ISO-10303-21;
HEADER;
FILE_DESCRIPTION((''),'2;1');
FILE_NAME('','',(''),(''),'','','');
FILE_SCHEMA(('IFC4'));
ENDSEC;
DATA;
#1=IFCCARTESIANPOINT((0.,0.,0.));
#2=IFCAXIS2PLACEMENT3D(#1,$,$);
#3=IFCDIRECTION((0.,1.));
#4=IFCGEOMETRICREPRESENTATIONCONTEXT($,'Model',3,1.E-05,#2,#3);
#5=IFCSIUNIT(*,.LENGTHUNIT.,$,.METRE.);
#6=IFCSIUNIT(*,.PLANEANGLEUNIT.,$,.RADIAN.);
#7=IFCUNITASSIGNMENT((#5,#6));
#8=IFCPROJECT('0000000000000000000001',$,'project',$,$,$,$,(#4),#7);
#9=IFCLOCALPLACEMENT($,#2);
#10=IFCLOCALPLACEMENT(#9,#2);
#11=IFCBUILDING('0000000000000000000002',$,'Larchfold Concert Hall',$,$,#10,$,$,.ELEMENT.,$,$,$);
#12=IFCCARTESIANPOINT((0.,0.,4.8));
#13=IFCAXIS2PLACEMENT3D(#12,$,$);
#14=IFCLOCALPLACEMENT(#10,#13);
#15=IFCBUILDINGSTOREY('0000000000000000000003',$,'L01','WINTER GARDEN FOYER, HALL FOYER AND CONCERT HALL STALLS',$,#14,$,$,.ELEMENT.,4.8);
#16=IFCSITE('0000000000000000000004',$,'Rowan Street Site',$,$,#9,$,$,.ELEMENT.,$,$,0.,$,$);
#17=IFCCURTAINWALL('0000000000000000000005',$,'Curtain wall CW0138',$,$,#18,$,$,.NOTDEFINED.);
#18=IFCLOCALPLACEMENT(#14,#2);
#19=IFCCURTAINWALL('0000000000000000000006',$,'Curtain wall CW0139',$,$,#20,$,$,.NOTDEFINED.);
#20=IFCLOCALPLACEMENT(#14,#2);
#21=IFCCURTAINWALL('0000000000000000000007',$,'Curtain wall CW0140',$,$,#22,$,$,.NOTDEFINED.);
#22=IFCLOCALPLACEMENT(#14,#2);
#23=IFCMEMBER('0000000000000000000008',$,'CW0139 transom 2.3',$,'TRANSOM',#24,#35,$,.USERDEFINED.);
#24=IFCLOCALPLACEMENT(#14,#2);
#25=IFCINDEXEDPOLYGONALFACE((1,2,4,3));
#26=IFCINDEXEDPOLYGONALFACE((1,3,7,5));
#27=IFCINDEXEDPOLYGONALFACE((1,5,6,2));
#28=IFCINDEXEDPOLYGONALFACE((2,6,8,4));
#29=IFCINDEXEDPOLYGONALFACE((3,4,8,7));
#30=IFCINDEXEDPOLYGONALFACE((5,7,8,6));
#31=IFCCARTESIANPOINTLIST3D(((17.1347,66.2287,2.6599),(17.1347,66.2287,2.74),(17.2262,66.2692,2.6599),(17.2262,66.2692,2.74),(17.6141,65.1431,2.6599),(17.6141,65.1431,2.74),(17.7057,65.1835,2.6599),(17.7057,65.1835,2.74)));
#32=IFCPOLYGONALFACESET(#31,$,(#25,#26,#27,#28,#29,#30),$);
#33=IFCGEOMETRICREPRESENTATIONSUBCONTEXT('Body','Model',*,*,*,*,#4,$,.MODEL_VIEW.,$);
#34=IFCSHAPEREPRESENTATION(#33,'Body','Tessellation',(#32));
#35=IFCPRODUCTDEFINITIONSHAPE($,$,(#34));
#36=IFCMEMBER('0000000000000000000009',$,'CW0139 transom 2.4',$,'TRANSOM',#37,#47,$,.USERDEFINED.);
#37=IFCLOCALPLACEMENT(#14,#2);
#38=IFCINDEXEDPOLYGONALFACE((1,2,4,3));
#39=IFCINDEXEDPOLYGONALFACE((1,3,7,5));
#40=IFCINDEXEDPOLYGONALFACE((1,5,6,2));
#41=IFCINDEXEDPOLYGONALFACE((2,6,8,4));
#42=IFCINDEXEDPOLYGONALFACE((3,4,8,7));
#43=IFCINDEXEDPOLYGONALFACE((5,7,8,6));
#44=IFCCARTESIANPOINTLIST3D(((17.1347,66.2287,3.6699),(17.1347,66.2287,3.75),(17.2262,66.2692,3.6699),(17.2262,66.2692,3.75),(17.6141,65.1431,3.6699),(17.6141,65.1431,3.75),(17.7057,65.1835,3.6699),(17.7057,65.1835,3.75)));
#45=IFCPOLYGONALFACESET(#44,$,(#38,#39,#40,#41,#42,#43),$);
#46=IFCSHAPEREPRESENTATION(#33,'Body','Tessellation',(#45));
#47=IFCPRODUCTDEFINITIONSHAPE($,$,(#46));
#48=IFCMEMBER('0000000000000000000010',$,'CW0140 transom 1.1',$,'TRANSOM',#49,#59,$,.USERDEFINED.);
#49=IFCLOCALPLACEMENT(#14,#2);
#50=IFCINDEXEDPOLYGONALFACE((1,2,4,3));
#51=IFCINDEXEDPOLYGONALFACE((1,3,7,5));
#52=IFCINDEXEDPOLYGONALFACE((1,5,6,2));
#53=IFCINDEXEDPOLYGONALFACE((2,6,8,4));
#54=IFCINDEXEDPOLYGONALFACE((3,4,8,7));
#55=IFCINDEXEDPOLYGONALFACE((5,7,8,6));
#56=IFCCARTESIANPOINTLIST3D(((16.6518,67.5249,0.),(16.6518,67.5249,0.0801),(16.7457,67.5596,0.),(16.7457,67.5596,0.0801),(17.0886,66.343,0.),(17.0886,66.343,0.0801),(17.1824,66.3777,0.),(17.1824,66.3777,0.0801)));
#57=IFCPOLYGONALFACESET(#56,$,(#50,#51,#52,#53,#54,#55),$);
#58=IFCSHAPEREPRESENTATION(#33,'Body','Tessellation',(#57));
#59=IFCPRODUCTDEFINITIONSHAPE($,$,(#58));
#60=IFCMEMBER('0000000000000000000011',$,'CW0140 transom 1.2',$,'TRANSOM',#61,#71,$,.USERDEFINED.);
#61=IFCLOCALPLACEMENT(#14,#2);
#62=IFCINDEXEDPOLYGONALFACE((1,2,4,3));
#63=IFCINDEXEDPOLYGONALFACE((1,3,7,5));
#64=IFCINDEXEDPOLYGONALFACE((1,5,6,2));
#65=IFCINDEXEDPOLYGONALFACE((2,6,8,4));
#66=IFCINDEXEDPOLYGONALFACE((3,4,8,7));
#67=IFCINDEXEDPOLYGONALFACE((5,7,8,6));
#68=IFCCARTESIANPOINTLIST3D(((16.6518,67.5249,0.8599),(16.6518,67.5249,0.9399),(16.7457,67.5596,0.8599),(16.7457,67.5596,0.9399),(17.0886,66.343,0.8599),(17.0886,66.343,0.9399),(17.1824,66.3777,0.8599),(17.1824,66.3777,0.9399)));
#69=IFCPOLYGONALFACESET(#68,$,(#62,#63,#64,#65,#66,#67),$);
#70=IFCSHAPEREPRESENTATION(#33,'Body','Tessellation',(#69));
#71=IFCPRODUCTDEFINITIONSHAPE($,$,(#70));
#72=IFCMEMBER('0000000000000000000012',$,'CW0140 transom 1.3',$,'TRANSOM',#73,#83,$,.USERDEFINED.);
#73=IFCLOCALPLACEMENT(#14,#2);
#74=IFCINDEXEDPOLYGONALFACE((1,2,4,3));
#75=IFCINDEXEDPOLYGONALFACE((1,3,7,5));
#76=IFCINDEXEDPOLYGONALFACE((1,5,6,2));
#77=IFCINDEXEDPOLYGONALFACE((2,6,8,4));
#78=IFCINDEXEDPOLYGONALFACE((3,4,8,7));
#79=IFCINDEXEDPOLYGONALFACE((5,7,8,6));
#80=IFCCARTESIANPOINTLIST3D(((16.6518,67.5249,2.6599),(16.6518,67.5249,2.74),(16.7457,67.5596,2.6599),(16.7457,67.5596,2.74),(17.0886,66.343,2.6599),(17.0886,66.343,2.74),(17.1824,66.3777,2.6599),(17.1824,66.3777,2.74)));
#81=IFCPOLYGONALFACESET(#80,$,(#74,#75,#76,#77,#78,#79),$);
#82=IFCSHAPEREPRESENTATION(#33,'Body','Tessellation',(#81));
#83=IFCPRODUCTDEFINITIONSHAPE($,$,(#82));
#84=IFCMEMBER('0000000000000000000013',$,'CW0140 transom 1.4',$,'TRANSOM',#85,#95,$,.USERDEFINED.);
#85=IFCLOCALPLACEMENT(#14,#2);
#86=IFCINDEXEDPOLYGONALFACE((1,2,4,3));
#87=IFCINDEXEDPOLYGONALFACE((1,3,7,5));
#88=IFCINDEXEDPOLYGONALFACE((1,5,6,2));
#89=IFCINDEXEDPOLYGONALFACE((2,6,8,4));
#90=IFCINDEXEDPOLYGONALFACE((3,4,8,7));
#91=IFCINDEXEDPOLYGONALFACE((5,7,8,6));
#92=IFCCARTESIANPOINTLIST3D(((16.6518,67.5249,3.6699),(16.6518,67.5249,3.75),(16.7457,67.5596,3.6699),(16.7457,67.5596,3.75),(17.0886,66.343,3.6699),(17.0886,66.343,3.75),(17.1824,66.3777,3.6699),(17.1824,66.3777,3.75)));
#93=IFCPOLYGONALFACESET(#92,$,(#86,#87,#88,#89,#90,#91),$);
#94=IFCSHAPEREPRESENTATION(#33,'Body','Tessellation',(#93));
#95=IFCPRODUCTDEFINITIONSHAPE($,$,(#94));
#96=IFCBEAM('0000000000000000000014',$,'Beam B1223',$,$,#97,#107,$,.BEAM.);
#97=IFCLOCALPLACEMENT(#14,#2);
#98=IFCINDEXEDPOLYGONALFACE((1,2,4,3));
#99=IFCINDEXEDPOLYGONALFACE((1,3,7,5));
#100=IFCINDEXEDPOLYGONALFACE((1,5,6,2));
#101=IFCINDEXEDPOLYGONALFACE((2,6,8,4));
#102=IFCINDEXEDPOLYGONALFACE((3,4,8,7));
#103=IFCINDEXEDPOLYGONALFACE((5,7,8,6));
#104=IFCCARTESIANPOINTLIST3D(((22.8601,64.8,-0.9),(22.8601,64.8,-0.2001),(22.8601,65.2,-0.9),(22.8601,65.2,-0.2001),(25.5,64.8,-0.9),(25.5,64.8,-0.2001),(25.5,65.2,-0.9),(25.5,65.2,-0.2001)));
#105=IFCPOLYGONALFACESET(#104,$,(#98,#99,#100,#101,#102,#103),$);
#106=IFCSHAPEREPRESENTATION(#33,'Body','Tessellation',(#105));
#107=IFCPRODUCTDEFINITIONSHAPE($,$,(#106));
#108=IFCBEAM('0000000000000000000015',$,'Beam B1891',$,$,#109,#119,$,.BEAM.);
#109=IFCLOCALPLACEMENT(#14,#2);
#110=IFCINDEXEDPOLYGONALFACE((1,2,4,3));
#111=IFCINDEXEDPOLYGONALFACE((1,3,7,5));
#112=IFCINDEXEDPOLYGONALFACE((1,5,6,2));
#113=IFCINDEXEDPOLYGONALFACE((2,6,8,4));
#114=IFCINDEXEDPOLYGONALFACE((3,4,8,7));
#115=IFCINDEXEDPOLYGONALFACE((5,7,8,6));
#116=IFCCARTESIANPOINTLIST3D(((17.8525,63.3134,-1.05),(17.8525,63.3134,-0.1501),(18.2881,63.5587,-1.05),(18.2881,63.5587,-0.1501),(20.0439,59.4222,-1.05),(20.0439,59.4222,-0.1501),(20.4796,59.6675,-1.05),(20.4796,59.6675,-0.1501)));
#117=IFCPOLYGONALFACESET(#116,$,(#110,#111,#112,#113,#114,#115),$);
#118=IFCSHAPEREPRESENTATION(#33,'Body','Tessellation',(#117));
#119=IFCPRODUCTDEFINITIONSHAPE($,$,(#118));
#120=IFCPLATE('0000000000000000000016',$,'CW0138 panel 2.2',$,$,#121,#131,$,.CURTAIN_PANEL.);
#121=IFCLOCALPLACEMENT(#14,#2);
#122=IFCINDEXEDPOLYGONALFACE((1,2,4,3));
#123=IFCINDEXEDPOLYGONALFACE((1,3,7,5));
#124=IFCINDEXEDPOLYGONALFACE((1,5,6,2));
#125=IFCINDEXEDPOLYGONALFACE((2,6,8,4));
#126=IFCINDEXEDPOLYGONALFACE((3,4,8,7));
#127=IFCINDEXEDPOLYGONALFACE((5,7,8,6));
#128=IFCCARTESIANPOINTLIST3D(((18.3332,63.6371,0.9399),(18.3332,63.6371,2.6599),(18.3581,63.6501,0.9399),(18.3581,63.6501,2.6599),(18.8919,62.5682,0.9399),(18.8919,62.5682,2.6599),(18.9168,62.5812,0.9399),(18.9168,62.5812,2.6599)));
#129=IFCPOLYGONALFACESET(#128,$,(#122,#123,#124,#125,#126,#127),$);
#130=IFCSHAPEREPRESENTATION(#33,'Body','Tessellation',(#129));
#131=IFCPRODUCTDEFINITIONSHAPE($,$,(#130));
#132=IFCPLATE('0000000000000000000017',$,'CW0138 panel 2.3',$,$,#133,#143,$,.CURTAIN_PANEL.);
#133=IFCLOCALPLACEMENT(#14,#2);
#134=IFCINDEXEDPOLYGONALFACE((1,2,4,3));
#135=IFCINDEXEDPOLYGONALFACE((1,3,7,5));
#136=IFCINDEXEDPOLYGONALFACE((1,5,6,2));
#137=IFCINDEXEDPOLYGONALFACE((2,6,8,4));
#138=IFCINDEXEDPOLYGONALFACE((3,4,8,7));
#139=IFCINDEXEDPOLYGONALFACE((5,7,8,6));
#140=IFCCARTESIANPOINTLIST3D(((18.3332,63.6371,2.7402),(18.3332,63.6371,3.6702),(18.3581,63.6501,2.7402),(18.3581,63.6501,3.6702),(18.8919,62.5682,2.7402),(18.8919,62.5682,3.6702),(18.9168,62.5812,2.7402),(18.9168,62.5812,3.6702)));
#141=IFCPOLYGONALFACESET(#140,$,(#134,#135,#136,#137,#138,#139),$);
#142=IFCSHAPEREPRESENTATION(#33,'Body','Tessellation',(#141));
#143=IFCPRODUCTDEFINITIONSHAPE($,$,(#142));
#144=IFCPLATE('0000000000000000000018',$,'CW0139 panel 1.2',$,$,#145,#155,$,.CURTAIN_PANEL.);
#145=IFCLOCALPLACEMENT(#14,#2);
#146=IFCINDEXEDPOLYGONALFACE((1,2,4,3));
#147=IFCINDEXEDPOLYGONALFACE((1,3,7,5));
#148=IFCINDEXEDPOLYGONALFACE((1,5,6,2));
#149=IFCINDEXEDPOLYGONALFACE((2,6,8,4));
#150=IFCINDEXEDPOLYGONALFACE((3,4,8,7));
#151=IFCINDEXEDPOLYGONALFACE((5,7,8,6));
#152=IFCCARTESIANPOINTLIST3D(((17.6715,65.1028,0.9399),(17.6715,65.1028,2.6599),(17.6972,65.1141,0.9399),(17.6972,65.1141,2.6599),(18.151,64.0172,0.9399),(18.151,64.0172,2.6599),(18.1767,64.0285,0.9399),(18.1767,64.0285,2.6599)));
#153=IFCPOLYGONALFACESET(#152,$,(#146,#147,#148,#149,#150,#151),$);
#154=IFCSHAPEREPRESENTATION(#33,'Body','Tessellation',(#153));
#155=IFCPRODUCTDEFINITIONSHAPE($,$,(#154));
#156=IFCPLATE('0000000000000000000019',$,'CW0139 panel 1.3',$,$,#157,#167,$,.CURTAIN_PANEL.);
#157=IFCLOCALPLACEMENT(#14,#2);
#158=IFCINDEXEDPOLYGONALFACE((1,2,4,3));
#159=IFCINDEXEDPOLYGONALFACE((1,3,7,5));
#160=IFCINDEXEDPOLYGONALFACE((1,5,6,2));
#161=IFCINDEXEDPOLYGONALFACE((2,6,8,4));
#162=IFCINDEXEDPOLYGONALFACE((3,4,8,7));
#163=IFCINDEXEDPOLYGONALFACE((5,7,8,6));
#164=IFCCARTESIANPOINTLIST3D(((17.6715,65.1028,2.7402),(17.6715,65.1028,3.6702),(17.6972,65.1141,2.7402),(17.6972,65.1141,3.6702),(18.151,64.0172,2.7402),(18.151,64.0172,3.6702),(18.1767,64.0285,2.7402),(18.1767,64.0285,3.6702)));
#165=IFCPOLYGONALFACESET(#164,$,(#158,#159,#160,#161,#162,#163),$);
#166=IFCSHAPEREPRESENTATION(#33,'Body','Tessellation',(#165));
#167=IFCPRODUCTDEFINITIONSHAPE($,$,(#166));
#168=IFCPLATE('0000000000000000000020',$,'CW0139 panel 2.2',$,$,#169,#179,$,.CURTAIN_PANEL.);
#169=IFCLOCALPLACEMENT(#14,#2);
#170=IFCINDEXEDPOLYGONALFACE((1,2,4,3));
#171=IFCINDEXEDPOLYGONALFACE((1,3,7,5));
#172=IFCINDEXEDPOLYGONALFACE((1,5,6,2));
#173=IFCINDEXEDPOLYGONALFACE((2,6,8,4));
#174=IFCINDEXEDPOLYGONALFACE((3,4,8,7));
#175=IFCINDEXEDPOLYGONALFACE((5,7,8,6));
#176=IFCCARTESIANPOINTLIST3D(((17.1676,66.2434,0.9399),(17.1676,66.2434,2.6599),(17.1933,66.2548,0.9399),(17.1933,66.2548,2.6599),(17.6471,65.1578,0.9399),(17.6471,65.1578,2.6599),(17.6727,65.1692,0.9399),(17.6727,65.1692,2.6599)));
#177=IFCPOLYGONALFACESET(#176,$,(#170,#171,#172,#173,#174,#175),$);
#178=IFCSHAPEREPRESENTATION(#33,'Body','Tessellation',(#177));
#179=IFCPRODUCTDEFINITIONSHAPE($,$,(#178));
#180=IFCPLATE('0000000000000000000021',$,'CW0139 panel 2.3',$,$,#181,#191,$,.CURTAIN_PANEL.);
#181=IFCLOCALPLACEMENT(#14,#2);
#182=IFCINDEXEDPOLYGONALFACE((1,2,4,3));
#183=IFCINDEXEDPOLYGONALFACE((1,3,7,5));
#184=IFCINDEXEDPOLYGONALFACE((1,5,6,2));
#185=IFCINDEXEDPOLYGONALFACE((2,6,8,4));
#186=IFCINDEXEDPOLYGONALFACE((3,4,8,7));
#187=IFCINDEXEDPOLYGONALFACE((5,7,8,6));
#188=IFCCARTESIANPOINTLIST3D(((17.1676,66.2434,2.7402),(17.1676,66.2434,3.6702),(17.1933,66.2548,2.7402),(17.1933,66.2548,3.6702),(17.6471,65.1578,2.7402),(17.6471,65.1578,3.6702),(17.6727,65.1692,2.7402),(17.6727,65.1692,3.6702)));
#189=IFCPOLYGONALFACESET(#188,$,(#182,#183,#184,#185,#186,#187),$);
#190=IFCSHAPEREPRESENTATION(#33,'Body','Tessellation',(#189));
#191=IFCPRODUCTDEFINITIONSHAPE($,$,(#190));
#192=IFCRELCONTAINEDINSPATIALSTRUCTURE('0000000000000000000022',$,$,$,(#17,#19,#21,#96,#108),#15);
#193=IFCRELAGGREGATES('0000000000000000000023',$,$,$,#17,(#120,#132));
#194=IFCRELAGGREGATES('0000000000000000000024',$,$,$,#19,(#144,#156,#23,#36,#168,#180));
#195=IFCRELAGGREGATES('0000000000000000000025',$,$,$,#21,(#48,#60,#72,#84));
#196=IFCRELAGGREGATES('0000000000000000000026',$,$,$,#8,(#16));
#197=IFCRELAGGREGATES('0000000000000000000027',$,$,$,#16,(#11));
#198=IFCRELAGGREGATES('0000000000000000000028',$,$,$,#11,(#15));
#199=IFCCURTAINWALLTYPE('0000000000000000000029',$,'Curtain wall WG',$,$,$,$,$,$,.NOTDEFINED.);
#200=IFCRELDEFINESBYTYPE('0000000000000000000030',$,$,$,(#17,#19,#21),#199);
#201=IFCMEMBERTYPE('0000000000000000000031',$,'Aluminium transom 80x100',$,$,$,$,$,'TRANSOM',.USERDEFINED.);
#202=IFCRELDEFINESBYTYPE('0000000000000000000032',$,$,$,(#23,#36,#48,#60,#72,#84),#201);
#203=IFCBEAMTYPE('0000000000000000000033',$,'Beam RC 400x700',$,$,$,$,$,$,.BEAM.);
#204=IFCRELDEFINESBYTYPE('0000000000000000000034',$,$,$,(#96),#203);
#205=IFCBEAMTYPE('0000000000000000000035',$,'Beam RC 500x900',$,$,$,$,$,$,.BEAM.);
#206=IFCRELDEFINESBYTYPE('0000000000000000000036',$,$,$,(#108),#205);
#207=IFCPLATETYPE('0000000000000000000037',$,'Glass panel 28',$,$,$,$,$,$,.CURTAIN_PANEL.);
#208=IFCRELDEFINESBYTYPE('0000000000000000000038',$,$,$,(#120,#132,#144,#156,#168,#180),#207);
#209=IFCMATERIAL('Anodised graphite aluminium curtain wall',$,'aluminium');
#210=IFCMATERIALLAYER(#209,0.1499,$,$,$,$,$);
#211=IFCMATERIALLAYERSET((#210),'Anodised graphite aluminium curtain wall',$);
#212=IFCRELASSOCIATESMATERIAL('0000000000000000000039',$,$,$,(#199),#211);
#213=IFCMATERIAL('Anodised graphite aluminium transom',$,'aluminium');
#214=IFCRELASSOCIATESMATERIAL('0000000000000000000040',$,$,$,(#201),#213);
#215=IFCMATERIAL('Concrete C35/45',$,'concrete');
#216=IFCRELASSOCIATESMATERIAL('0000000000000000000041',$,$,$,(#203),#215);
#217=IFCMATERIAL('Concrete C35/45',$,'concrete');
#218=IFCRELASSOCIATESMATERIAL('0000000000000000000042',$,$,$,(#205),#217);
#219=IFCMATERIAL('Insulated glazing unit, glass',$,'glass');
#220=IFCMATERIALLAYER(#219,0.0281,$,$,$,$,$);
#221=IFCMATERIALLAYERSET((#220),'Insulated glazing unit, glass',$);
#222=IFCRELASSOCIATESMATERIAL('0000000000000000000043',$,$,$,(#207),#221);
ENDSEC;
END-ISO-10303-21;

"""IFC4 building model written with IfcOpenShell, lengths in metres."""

from ifc_helpers import new_model, si_unit, direction, frame, origin, origin_2d, place, context, subcontext, project, spatial, rectangle, extrude, material, layer, layer_set, material_profile, profile_set, type_object, element, aggregate, save


model = new_model("IFC4")

# Units and contexts
model_context = context("Model", 3, precision=1e-05, world=origin(), true_north=direction((0.0, 1.0)))
body_context = subcontext(model_context, "Body", "Model", "MODEL_VIEW")
ifc_project = project(units=[si_unit("LENGTHUNIT", "METRE"), si_unit("PLANEANGLEUNIT", "RADIAN")], contexts=[model_context])

# Site, building, storey
site_placement = place(None, origin())
site = spatial("IfcSite", under=ifc_project, at=site_placement, Name="Rowan Street Site", CompositionType="ELEMENT", RefElevation=0.0)
building_placement = place(site_placement, origin())
building = spatial("IfcBuilding", under=site, at=building_placement, Name="Larchfold Concert Hall", CompositionType="ELEMENT")
storey_placement = place(building_placement, frame((0.0, 0.0, 4.8)))
storey = spatial("IfcBuildingStorey", under=building, at=storey_placement, Name="L01", Description="WINTER GARDEN FOYER, HALL FOYER AND CONCERT HALL STALLS", CompositionType="ELEMENT", Elevation=4.8)

# Curtain wall
ifc_material_1 = material(Name="Anodised graphite aluminium curtain wall", Category="aluminium")
ifc_layer_1 = layer(ifc_material_1, 0.1499)
ifc_layer_set_1 = layer_set([ifc_layer_1], Name="Anodised graphite aluminium curtain wall")
curtain_wall_type = type_object("IfcCurtainWallType", Name="Curtain wall WG", PredefinedType="NOTDEFINED", material=ifc_layer_set_1)
curtain_wall_1_placement = place(storey_placement, origin())
curtain_wall_1 = element("IfcCurtainWall", 1, at=curtain_wall_1_placement, inside=storey, type_object=curtain_wall_type, Name="Curtain wall CW0138", PredefinedType="NOTDEFINED")

# Curtain wall
curtain_wall_2_placement = place(storey_placement, origin())
curtain_wall_2 = element("IfcCurtainWall", 2, at=curtain_wall_2_placement, inside=storey, type_object=curtain_wall_type, Name="Curtain wall CW0139", PredefinedType="NOTDEFINED")

# Curtain wall
curtain_wall_3_placement = place(storey_placement, origin())
curtain_wall_3 = element("IfcCurtainWall", 3, at=curtain_wall_3_placement, inside=storey, type_object=curtain_wall_type, Name="Curtain wall CW0140", PredefinedType="NOTDEFINED")

# Members
ifc_material_2 = material(Name="Anodised graphite aluminium transom", Category="aluminium")
ifc_material_profile_1 = material_profile(ifc_material_2, rectangle(XDim=0.1001, YDim=0.0801, at=origin_2d()))
ifc_profile_set_1 = profile_set([ifc_material_profile_1], Name="Anodised graphite aluminium transom")
member_type_1 = type_object("IfcMemberType", Name="Aluminium transom 80x100", ElementType="TRANSOM", PredefinedType="USERDEFINED", material=ifc_profile_set_1)
member_1_placement = place(storey_placement, frame((17.6599, 65.1633, 2.7), z_axis=(-0.404, 0.914759, 0.0), x_axis=(-0.914759, -0.404, 0.0)))
member_1 = element("IfcMember", 4, at=member_1_placement, type_object=member_type_1, Name="CW0139 transom 2.3", ObjectType="TRANSOM", PredefinedType="USERDEFINED", context=body_context, shape_type="SweptSolid", body=[
    extrude(rectangle(XDim=0.1001, YDim=0.0801, at=origin_2d()), origin(), (0.0, 0.0, 1.0), 1.1868),
])
member_2_placement = place(storey_placement, frame((17.6599, 65.1633, 3.71), z_axis=(-0.404, 0.914759, 0.0), x_axis=(-0.914759, -0.404, 0.0)))
member_2 = element("IfcMember", 5, at=member_2_placement, type_object=member_type_1, Name="CW0139 transom 2.4", ObjectType="TRANSOM", PredefinedType="USERDEFINED", context=body_context, shape_type="SweptSolid", body=[
    extrude(rectangle(XDim=0.1001, YDim=0.0801, at=origin_2d()), origin(), (0.0, 0.0, 1.0), 1.1868),
])
member_3_placement = place(storey_placement, frame((17.1355, 66.3604, 0.04), z_axis=(-0.346639, 0.937999, 0.0), x_axis=(-0.937999, -0.346639, 0.0)))
member_3 = element("IfcMember", 6, at=member_3_placement, type_object=member_type_1, Name="CW0140 transom 1.1", ObjectType="TRANSOM", PredefinedType="USERDEFINED", context=body_context, shape_type="SweptSolid", body=[
    extrude(rectangle(XDim=0.1001, YDim=0.0801, at=origin_2d()), origin(), (0.0, 0.0, 1.0), 1.26),
])
member_4_placement = place(storey_placement, frame((17.1355, 66.3604, 0.8999), z_axis=(-0.346639, 0.937999, 0.0), x_axis=(-0.937999, -0.346639, 0.0)))
member_4 = element("IfcMember", 7, at=member_4_placement, type_object=member_type_1, Name="CW0140 transom 1.2", ObjectType="TRANSOM", PredefinedType="USERDEFINED", context=body_context, shape_type="SweptSolid", body=[
    extrude(rectangle(XDim=0.1001, YDim=0.0801, at=origin_2d()), origin(), (0.0, 0.0, 1.0), 1.26),
])
member_5_placement = place(storey_placement, frame((17.1355, 66.3604, 2.7), z_axis=(-0.346639, 0.937999, 0.0), x_axis=(-0.937999, -0.346639, 0.0)))
member_5 = element("IfcMember", 8, at=member_5_placement, type_object=member_type_1, Name="CW0140 transom 1.3", ObjectType="TRANSOM", PredefinedType="USERDEFINED", context=body_context, shape_type="SweptSolid", body=[
    extrude(rectangle(XDim=0.1001, YDim=0.0801, at=origin_2d()), origin(), (0.0, 0.0, 1.0), 1.26),
])
member_6_placement = place(storey_placement, frame((17.1355, 66.3604, 3.71), z_axis=(-0.346639, 0.937999, 0.0), x_axis=(-0.937999, -0.346639, 0.0)))
member_6 = element("IfcMember", 9, at=member_6_placement, type_object=member_type_1, Name="CW0140 transom 1.4", ObjectType="TRANSOM", PredefinedType="USERDEFINED", context=body_context, shape_type="SweptSolid", body=[
    extrude(rectangle(XDim=0.1001, YDim=0.0801, at=origin_2d()), origin(), (0.0, 0.0, 1.0), 1.26),
])

# Beams
ifc_material_3 = material(Name="Concrete C35/45", Category="concrete")
ifc_material_profile_2 = material_profile(ifc_material_3, rectangle(XDim=0.3999, YDim=0.7, at=origin_2d()))
ifc_profile_set_2 = profile_set([ifc_material_profile_2], Name="Concrete C35/45")
beam_type_1 = type_object("IfcBeamType", Name="Beam RC 400x700", PredefinedType="BEAM", material=ifc_profile_set_2)
beam_1_placement = place(storey_placement, frame((22.8601, 65.0, -0.55), z_axis=(1.0, 0.0, 0.0), x_axis=(0.0, 1.0, 0.0)))
element("IfcBeam", 10, at=beam_1_placement, inside=storey, type_object=beam_type_1, Name="Beam B1223", PredefinedType="BEAM", context=body_context, shape_type="SweptSolid", body=[
    extrude(rectangle(XDim=0.3999, YDim=0.7, at=origin_2d()), origin(), (0.0, 0.0, 1.0), 2.6399),
])
ifc_material_4 = material(Name="Concrete C35/45", Category="concrete")
ifc_material_profile_3 = material_profile(ifc_material_4, rectangle(XDim=0.5, YDim=0.8999, at=origin_2d()))
ifc_profile_set_3 = profile_set([ifc_material_profile_3], Name="Concrete C35/45")
beam_type_2 = type_object("IfcBeamType", Name="Beam RC 500x900", PredefinedType="BEAM", material=ifc_profile_set_3)
beam_2_placement = place(storey_placement, frame((18.0703, 63.436, -0.6001), z_axis=(0.490713, -0.871321, 0.0), x_axis=(0.871321, 0.490713, 0.0)))
element("IfcBeam", 11, at=beam_2_placement, inside=storey, type_object=beam_type_2, Name="Beam B1891", PredefinedType="BEAM", context=body_context, shape_type="SweptSolid", body=[
    extrude(rectangle(XDim=0.5, YDim=0.8999, at=origin_2d()), origin(), (0.0, 0.0, 1.0), 4.4658),
])

# Plates
ifc_material_5 = material(Name="Insulated glazing unit, glass", Category="glass")
ifc_layer_2 = layer(ifc_material_5, 0.0281)
ifc_layer_set_2 = layer_set([ifc_layer_2], Name="Insulated glazing unit, glass")
plate_type_1 = type_object("IfcPlateType", Name="Glass panel 28", PredefinedType="CURTAIN_PANEL", material=ifc_layer_set_2)
plate_1_placement = place(storey_placement, frame((18.625, 63.1091, 0.9399), z_axis=(0.0, 0.0, 1.0), x_axis=(-0.46319, 0.886259, 0.0)))
plate_1 = element("IfcPlate", 12, at=plate_1_placement, type_object=plate_type_1, Name="CW0138 panel 2.2", PredefinedType="CURTAIN_PANEL", context=body_context, shape_type="SweptSolid", body=[
    extrude(rectangle(XDim=1.2061, YDim=0.0281, at=origin_2d()), origin(), (0.0, 0.0, 1.0), 1.72),
])
plate_2_placement = place(storey_placement, frame((18.625, 63.1091, 2.7402), z_axis=(0.0, 0.0, 1.0), x_axis=(-0.46319, 0.886259, 0.0)))
plate_2 = element("IfcPlate", 13, at=plate_2_placement, type_object=plate_type_1, Name="CW0138 panel 2.3", PredefinedType="CURTAIN_PANEL", context=body_context, shape_type="SweptSolid", body=[
    extrude(rectangle(XDim=1.2061, YDim=0.0281, at=origin_2d()), origin(), (0.0, 0.0, 1.0), 0.9299),
])
aggregate(curtain_wall_1, [plate_1, plate_2])
plate_3_placement = place(storey_placement, frame((17.9241, 64.5657, 0.9399), z_axis=(0.0, 0.0, 1.0), x_axis=(-0.404026, 0.914747, 0.0)))
plate_3 = element("IfcPlate", 14, at=plate_3_placement, type_object=plate_type_1, Name="CW0139 panel 1.2", PredefinedType="CURTAIN_PANEL", context=body_context, shape_type="SweptSolid", body=[
    extrude(rectangle(XDim=1.1868, YDim=0.0281, at=origin_2d()), origin(), (0.0, 0.0, 1.0), 1.72),
])
plate_4_placement = place(storey_placement, frame((17.9241, 64.5657, 2.7402), z_axis=(0.0, 0.0, 1.0), x_axis=(-0.404026, 0.914747, 0.0)))
plate_4 = element("IfcPlate", 15, at=plate_4_placement, type_object=plate_type_1, Name="CW0139 panel 1.3", PredefinedType="CURTAIN_PANEL", context=body_context, shape_type="SweptSolid", body=[
    extrude(rectangle(XDim=1.1868, YDim=0.0281, at=origin_2d()), origin(), (0.0, 0.0, 1.0), 0.9299),
])
plate_5_placement = place(storey_placement, frame((17.4202, 65.7063, 0.9399), z_axis=(0.0, 0.0, 1.0), x_axis=(-0.404026, 0.914747, 0.0)))
plate_5 = element("IfcPlate", 16, at=plate_5_placement, type_object=plate_type_1, Name="CW0139 panel 2.2", PredefinedType="CURTAIN_PANEL", context=body_context, shape_type="SweptSolid", body=[
    extrude(rectangle(XDim=1.1868, YDim=0.0281, at=origin_2d()), origin(), (0.0, 0.0, 1.0), 1.72),
])
plate_6_placement = place(storey_placement, frame((17.4202, 65.7063, 2.7402), z_axis=(0.0, 0.0, 1.0), x_axis=(-0.404026, 0.914747, 0.0)))
plate_6 = element("IfcPlate", 17, at=plate_6_placement, type_object=plate_type_1, Name="CW0139 panel 2.3", PredefinedType="CURTAIN_PANEL", context=body_context, shape_type="SweptSolid", body=[
    extrude(rectangle(XDim=1.1868, YDim=0.0281, at=origin_2d()), origin(), (0.0, 0.0, 1.0), 0.9299),
])
aggregate(curtain_wall_2, [plate_3, plate_4, member_1, member_2, plate_5, plate_6])
aggregate(curtain_wall_3, [member_3, member_4, member_5, member_6])

save(model, "model.ifc")
